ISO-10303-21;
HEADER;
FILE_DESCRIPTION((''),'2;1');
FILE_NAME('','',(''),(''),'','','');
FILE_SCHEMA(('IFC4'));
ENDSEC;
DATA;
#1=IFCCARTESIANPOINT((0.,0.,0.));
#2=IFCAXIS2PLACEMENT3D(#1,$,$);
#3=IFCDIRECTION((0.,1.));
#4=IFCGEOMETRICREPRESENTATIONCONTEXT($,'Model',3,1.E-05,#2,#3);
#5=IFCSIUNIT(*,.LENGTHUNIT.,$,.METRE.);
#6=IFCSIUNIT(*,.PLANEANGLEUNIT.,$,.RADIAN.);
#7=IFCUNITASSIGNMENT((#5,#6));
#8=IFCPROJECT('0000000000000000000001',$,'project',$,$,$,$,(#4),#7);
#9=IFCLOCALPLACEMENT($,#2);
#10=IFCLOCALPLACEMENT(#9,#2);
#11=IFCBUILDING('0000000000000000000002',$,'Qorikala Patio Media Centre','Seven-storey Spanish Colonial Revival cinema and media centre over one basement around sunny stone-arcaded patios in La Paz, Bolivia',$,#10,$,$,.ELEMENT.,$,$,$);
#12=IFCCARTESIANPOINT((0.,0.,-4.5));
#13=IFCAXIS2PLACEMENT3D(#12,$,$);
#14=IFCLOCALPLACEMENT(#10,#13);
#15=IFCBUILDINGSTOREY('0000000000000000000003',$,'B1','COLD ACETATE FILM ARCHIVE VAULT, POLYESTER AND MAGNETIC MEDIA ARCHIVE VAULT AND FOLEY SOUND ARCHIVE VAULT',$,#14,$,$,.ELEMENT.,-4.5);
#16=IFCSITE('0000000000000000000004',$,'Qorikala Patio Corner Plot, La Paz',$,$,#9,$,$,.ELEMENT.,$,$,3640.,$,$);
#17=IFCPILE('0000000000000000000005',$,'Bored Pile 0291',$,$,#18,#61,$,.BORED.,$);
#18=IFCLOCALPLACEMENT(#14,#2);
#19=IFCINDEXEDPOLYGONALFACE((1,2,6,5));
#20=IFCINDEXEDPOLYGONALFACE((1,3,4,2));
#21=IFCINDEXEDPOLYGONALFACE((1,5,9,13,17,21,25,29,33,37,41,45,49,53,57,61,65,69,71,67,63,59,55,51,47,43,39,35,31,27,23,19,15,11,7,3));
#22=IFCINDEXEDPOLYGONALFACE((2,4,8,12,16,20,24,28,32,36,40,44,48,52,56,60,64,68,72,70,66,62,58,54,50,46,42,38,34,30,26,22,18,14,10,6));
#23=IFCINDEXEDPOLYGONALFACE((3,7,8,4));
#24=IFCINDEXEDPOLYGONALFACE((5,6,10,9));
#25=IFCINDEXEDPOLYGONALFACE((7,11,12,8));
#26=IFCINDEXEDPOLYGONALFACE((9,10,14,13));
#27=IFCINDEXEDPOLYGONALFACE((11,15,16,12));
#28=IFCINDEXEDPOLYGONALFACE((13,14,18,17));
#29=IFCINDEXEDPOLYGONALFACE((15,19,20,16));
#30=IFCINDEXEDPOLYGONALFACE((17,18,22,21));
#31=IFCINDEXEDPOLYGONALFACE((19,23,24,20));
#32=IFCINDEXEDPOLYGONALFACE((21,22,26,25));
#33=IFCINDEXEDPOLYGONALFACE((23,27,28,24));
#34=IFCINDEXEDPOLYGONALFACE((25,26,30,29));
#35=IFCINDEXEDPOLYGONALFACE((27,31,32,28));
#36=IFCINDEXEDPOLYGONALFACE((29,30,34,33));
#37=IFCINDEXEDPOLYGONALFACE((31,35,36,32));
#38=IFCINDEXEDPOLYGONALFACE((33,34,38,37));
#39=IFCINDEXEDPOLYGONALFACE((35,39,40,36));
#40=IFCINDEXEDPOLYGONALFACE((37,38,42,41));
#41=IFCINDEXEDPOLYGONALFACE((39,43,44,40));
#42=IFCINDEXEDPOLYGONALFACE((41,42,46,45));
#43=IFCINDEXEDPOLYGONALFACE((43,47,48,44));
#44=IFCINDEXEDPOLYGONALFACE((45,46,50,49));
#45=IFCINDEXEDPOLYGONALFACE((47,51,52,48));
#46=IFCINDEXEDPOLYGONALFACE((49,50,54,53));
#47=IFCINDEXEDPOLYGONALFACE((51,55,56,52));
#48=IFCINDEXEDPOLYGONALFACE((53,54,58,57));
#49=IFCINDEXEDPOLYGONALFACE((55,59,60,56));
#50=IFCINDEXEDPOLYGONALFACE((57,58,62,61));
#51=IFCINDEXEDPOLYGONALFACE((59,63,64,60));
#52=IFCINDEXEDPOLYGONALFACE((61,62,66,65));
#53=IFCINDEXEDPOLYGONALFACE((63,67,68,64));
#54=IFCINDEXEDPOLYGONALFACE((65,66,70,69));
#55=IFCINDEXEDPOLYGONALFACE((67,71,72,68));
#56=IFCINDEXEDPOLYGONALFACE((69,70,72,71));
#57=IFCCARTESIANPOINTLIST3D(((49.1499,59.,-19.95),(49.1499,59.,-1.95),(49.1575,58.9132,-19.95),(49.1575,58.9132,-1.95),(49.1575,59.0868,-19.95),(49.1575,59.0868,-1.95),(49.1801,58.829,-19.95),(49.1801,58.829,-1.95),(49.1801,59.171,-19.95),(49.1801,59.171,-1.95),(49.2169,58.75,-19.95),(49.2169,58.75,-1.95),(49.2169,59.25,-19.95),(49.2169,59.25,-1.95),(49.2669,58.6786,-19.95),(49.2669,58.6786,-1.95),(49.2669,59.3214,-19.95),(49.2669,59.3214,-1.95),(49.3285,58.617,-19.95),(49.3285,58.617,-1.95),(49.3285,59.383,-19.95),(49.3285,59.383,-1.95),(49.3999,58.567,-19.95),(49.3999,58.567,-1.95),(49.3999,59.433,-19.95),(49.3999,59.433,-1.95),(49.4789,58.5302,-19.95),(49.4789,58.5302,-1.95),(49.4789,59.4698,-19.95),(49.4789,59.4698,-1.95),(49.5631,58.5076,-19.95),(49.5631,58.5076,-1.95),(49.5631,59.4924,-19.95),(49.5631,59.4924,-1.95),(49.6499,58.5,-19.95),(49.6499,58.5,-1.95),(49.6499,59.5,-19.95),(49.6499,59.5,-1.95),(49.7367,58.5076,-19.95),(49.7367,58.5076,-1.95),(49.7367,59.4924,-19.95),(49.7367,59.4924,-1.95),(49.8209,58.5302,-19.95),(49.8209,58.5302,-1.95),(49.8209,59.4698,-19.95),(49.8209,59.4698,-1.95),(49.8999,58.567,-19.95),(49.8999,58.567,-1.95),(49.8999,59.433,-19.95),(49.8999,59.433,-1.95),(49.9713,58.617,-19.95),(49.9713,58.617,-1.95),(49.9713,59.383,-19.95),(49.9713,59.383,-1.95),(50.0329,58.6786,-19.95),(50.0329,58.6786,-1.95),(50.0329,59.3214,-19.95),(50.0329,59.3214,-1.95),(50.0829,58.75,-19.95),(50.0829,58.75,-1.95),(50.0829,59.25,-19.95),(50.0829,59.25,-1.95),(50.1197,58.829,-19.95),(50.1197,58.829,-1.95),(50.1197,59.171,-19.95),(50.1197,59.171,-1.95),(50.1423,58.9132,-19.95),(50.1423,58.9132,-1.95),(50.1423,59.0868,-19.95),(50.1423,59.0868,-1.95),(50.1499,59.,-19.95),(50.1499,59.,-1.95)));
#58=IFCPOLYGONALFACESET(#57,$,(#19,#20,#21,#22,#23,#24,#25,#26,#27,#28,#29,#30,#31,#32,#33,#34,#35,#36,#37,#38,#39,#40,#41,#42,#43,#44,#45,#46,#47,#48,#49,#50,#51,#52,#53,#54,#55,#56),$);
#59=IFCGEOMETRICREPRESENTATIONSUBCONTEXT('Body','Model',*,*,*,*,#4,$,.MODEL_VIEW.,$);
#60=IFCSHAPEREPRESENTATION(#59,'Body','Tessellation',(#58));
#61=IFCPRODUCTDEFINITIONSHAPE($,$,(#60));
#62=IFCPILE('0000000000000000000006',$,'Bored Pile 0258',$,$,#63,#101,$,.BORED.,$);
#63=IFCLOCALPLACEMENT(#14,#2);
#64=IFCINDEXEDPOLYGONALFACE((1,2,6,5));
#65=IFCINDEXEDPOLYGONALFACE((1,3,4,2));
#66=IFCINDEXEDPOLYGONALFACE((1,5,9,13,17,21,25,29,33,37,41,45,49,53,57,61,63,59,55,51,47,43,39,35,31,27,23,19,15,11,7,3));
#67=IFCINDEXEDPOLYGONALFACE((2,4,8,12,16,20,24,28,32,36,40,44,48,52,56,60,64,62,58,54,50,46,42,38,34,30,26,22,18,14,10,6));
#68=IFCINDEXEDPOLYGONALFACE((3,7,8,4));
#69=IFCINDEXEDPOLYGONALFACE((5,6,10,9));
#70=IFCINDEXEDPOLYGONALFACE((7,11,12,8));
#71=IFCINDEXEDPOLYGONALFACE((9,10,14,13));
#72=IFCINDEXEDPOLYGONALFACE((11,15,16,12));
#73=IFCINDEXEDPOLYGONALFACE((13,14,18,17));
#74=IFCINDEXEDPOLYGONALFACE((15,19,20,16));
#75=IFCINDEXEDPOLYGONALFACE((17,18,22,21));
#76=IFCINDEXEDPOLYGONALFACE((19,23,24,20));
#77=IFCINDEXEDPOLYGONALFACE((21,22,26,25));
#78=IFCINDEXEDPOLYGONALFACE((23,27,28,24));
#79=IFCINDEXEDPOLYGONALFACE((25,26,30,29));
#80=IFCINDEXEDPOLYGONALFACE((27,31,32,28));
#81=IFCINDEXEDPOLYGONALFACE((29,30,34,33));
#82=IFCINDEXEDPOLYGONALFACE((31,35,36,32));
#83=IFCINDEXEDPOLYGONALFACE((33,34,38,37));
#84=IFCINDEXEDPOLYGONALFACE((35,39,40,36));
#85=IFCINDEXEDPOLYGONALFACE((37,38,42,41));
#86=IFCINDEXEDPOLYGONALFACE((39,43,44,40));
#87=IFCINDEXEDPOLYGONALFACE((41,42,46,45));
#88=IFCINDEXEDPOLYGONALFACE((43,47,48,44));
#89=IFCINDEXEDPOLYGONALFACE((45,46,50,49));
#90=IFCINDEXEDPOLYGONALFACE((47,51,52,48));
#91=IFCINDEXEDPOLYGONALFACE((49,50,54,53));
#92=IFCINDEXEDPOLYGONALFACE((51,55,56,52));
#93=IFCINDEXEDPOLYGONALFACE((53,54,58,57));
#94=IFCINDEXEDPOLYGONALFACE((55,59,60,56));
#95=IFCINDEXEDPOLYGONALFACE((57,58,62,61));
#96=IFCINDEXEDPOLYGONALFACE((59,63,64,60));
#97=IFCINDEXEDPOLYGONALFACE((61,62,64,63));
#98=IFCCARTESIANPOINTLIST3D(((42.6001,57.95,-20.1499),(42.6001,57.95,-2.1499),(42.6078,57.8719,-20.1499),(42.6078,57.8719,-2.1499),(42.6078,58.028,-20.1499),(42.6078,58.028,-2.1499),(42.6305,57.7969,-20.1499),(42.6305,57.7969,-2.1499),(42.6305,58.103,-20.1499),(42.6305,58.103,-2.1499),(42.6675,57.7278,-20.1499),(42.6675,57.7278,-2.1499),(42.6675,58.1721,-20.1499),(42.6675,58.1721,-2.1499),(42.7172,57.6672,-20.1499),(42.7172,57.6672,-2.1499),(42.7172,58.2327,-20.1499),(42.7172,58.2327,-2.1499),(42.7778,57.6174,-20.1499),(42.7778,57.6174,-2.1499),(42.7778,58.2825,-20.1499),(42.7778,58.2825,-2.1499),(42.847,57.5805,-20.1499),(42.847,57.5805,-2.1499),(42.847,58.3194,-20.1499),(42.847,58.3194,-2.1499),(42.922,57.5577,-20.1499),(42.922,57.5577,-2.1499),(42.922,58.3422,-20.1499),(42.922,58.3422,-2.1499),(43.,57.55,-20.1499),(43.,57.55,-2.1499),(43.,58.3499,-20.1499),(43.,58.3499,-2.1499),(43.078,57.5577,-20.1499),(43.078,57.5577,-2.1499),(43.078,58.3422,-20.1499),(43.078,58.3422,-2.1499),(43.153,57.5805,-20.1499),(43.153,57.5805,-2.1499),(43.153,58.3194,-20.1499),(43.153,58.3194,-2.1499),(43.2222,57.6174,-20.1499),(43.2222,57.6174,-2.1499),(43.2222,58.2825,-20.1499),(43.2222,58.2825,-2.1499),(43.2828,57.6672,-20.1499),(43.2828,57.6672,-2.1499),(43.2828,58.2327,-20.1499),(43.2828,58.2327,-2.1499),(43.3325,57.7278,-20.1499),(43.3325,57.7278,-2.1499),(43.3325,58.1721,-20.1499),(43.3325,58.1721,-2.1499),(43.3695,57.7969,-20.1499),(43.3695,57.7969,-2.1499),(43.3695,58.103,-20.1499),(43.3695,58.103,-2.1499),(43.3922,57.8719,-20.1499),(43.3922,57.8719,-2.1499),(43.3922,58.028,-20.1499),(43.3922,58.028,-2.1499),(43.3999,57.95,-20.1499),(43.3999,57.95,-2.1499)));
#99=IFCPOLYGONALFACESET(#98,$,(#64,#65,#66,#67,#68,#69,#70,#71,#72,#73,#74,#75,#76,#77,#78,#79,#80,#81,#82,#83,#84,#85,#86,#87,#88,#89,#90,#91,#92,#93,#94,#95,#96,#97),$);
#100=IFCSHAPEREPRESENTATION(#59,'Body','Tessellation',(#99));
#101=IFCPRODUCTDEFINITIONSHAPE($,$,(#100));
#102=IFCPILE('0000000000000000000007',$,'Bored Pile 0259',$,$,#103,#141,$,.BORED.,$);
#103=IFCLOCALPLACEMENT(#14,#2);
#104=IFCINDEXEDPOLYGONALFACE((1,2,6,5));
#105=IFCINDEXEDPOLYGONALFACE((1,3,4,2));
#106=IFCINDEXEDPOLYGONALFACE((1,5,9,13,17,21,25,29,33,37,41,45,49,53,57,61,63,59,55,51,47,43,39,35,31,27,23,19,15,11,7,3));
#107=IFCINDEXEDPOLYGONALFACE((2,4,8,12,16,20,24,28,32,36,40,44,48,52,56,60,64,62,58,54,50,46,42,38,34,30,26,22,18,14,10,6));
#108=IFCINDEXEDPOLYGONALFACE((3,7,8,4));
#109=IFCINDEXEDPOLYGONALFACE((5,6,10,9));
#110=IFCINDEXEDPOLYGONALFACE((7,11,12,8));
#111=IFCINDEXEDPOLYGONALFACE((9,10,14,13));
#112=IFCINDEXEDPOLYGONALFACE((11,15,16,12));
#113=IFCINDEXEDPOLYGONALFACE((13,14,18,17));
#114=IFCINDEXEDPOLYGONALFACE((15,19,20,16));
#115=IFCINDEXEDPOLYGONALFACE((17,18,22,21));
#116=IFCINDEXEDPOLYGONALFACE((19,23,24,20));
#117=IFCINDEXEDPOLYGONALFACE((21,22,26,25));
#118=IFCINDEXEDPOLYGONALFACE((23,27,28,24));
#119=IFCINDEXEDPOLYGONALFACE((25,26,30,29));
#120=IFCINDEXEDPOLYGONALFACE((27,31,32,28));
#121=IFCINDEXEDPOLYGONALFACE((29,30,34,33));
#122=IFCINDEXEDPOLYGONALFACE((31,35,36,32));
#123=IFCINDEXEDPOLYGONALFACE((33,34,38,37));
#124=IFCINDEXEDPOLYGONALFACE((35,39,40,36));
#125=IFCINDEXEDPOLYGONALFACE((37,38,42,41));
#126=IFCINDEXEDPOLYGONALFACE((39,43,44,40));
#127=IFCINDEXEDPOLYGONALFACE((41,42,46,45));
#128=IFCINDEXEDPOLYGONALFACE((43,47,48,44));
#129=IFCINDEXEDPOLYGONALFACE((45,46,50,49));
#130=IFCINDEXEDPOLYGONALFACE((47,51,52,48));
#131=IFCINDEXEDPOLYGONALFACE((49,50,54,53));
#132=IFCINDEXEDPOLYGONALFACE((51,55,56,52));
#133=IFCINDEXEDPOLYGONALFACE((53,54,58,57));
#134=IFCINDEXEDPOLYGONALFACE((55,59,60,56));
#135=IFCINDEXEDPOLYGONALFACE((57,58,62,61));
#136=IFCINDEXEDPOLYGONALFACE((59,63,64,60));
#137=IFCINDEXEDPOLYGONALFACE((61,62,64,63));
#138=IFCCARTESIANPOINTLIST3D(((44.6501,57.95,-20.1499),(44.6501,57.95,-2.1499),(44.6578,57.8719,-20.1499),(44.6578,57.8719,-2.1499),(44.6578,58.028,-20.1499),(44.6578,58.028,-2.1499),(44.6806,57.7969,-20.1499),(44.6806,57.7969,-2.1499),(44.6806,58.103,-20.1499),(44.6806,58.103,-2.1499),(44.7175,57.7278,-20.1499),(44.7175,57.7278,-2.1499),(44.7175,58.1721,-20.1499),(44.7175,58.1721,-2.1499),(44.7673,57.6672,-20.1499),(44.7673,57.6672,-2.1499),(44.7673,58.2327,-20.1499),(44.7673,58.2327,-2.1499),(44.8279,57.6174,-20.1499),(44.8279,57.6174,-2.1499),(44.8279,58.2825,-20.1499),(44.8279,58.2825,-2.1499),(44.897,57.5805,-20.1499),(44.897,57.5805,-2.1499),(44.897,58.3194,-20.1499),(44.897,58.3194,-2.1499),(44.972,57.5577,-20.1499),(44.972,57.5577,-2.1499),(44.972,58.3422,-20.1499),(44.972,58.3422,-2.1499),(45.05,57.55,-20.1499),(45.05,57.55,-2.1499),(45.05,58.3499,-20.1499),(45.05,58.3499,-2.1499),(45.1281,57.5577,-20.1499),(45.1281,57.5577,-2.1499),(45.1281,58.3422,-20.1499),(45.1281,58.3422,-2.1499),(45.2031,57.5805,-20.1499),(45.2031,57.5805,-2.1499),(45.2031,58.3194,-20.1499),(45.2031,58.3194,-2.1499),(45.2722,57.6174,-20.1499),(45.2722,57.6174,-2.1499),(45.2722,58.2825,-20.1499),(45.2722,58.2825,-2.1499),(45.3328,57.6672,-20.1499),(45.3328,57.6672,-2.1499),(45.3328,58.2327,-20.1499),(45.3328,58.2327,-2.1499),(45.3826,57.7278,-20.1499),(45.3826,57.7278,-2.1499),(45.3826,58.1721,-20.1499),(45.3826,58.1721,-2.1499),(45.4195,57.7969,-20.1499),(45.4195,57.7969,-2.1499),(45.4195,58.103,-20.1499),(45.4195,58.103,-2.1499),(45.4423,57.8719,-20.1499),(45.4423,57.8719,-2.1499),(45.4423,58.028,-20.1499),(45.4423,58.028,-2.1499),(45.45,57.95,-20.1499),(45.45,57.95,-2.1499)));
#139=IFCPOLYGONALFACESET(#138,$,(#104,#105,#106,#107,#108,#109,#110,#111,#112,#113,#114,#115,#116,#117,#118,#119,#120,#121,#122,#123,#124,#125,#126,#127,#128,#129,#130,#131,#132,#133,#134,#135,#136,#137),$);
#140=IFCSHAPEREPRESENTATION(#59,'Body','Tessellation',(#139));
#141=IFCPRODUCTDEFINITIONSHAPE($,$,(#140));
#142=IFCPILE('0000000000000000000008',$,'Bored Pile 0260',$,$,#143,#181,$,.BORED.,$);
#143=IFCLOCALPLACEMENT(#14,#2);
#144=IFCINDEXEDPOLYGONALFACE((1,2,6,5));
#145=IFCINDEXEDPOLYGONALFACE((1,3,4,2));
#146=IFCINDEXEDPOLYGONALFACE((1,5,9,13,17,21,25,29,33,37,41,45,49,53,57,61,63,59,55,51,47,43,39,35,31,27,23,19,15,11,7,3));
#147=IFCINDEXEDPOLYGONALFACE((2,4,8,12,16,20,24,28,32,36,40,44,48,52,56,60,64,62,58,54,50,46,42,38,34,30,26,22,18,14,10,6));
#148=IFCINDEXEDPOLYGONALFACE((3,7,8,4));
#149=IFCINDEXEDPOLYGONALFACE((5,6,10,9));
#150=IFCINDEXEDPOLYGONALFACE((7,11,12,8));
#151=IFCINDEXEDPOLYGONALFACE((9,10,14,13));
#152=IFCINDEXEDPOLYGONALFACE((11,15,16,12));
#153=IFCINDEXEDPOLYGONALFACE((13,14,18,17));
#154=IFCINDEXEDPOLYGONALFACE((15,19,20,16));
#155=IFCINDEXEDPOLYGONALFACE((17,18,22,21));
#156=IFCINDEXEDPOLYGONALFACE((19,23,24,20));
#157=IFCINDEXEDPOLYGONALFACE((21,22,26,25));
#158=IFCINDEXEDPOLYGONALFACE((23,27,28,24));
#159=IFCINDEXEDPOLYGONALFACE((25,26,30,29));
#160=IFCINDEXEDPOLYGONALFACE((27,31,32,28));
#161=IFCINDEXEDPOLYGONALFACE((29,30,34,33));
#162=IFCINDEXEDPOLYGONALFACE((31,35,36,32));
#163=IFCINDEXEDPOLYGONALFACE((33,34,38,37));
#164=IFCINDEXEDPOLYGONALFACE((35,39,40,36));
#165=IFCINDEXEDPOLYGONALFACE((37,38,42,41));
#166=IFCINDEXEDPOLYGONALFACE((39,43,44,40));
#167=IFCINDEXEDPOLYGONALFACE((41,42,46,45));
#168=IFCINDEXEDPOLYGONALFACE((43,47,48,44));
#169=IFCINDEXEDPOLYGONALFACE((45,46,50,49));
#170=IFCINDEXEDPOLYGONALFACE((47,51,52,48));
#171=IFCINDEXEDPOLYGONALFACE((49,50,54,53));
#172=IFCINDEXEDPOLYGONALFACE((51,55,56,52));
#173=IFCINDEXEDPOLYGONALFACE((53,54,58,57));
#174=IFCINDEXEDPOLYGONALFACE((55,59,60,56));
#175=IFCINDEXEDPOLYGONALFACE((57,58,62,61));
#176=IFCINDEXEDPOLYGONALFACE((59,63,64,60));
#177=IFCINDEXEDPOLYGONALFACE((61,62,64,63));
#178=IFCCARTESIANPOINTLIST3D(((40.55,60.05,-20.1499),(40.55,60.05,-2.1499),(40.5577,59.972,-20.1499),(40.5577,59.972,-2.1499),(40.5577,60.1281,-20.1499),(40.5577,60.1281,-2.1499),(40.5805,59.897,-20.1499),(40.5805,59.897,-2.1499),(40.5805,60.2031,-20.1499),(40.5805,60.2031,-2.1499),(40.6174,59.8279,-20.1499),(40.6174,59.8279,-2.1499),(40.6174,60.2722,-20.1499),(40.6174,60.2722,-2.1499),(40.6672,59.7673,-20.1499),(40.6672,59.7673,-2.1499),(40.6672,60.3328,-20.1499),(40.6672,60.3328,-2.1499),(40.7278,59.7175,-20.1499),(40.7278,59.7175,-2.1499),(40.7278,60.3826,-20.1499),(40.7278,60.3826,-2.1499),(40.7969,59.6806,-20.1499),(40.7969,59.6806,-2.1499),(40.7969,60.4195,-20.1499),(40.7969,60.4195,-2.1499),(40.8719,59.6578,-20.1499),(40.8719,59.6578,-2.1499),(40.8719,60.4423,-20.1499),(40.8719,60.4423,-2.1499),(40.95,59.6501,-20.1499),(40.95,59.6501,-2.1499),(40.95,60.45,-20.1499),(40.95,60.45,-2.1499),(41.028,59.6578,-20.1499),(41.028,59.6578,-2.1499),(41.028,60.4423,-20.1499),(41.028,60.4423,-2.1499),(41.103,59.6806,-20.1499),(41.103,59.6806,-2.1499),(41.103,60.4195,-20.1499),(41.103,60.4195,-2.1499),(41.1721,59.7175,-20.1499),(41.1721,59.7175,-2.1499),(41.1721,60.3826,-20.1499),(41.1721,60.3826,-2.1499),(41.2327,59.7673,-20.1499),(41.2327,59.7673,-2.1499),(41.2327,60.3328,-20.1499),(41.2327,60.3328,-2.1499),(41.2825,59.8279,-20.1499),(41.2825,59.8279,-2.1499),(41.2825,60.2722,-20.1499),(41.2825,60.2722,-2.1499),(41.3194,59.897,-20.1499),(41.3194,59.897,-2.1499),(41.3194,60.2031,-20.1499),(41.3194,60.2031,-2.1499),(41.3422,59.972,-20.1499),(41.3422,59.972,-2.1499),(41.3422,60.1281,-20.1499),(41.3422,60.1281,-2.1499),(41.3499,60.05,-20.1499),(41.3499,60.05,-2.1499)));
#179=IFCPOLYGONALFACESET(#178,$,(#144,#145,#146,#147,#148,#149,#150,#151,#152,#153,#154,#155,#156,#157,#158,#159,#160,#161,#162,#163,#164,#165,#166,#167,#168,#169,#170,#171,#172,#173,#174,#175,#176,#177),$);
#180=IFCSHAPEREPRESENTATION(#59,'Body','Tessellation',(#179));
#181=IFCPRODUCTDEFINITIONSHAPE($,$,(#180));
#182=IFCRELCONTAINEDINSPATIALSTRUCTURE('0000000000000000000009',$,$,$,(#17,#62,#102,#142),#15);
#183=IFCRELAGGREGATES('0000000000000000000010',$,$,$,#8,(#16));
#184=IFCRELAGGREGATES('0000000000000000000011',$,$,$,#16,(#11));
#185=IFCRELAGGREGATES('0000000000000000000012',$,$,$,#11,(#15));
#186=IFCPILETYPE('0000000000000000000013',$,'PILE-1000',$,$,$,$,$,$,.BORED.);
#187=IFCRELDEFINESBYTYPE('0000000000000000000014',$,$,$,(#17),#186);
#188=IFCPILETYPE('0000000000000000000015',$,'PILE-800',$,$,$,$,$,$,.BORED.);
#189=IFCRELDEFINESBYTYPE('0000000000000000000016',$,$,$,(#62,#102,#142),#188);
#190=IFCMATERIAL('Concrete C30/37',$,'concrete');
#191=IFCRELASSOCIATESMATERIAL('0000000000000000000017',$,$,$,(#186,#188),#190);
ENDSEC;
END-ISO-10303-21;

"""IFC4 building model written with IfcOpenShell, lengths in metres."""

from ifc_helpers import new_model, si_unit, direction, frame, origin, origin_2d, place, context, subcontext, project, spatial, circle, extrude, material, material_profile, profile_set, type_object, element, save


model = new_model("IFC4")

# Units and contexts
model_context = context("Model", 3, precision=1e-05, world=origin(), true_north=direction((0.0, 1.0)))
body_context = subcontext(model_context, "Body", "Model", "MODEL_VIEW")
ifc_project = project(units=[si_unit("LENGTHUNIT", "METRE"), si_unit("PLANEANGLEUNIT", "RADIAN")], contexts=[model_context])

# Site, building, storey
site_placement = place(None, origin())
site = spatial("IfcSite", under=ifc_project, at=site_placement, Name="Qorikala Patio Corner Plot, La Paz", CompositionType="ELEMENT", RefElevation=3640.0)
building_placement = place(site_placement, origin())
building = spatial("IfcBuilding", under=site, at=building_placement, Name="Qorikala Patio Media Centre", Description="Seven-storey Spanish Colonial Revival cinema and media centre over one basement around sunny stone-arcaded patios in La Paz, Bolivia", CompositionType="ELEMENT")
storey_placement = place(building_placement, frame((0.0, 0.0, -4.5)))
storey = spatial("IfcBuildingStorey", under=building, at=storey_placement, Name="B1", Description="COLD ACETATE FILM ARCHIVE VAULT, POLYESTER AND MAGNETIC MEDIA ARCHIVE VAULT AND FOLEY SOUND ARCHIVE VAULT", CompositionType="ELEMENT", Elevation=-4.5)

# Shared definitions
ifc_material_1 = material(Name="Concrete C30/37", Category="concrete")

# Piles
ifc_material_profile_1 = material_profile(ifc_material_1, circle(Radius=0.5, at=origin_2d()), Name="BORED PILE 1000")
ifc_profile_set_1 = profile_set([ifc_material_profile_1], Name="Concrete C30/37")
pile_type_1 = type_object("IfcPileType", Name="PILE-1000", PredefinedType="BORED", material=ifc_profile_set_1)
pile_placement = place(storey_placement, frame((49.6499, 59.0, -1.95), z_axis=(0.0, 0.0, -1.0), x_axis=(1.0, 0.0, 0.0)))
element("IfcPile", 1, at=pile_placement, inside=storey, type_object=pile_type_1, Name="Bored Pile 0291", PredefinedType="BORED", context=body_context, shape_type="SweptSolid", body=[
    extrude(circle(Radius=0.5, at=origin_2d()), origin(), (0.0, 0.0, 1.0), 18.0),
])
ifc_material_profile_2 = material_profile(ifc_material_1, circle(Radius=0.3999, at=origin_2d()), Name="BORED PILE 800")
ifc_profile_set_2 = profile_set([ifc_material_profile_2], Name="Concrete C30/37")
pile_type_2 = type_object("IfcPileType", Name="PILE-800", PredefinedType="BORED", material=ifc_profile_set_2)
for number, where, z_axis, x_axis, name in (
    (2, (43.0, 57.95, -2.1499), (0.0, 0.0, -1.0), (1.0, 0.0, 0.0), "Bored Pile 0258"),
    (3, (45.05, 57.95, -2.1499), (0.0, 0.0, -1.0), (1.0, 0.0, 0.0), "Bored Pile 0259"),
    (4, (40.95, 60.05, -2.1499), (0.0, 0.0, -1.0), (1.0, 0.0, 0.0), "Bored Pile 0260"),
):
    element("IfcPile", number, at=place(storey_placement, frame(where, z_axis=z_axis, x_axis=x_axis)), inside=storey, type_object=pile_type_2, Name=name, PredefinedType="BORED", context=body_context, shape_type="SweptSolid", body=[
        extrude(circle(Radius=0.3999, at=origin_2d()), origin(), (0.0, 0.0, 1.0), 18.0),
    ])

save(model, "model.ifc")
